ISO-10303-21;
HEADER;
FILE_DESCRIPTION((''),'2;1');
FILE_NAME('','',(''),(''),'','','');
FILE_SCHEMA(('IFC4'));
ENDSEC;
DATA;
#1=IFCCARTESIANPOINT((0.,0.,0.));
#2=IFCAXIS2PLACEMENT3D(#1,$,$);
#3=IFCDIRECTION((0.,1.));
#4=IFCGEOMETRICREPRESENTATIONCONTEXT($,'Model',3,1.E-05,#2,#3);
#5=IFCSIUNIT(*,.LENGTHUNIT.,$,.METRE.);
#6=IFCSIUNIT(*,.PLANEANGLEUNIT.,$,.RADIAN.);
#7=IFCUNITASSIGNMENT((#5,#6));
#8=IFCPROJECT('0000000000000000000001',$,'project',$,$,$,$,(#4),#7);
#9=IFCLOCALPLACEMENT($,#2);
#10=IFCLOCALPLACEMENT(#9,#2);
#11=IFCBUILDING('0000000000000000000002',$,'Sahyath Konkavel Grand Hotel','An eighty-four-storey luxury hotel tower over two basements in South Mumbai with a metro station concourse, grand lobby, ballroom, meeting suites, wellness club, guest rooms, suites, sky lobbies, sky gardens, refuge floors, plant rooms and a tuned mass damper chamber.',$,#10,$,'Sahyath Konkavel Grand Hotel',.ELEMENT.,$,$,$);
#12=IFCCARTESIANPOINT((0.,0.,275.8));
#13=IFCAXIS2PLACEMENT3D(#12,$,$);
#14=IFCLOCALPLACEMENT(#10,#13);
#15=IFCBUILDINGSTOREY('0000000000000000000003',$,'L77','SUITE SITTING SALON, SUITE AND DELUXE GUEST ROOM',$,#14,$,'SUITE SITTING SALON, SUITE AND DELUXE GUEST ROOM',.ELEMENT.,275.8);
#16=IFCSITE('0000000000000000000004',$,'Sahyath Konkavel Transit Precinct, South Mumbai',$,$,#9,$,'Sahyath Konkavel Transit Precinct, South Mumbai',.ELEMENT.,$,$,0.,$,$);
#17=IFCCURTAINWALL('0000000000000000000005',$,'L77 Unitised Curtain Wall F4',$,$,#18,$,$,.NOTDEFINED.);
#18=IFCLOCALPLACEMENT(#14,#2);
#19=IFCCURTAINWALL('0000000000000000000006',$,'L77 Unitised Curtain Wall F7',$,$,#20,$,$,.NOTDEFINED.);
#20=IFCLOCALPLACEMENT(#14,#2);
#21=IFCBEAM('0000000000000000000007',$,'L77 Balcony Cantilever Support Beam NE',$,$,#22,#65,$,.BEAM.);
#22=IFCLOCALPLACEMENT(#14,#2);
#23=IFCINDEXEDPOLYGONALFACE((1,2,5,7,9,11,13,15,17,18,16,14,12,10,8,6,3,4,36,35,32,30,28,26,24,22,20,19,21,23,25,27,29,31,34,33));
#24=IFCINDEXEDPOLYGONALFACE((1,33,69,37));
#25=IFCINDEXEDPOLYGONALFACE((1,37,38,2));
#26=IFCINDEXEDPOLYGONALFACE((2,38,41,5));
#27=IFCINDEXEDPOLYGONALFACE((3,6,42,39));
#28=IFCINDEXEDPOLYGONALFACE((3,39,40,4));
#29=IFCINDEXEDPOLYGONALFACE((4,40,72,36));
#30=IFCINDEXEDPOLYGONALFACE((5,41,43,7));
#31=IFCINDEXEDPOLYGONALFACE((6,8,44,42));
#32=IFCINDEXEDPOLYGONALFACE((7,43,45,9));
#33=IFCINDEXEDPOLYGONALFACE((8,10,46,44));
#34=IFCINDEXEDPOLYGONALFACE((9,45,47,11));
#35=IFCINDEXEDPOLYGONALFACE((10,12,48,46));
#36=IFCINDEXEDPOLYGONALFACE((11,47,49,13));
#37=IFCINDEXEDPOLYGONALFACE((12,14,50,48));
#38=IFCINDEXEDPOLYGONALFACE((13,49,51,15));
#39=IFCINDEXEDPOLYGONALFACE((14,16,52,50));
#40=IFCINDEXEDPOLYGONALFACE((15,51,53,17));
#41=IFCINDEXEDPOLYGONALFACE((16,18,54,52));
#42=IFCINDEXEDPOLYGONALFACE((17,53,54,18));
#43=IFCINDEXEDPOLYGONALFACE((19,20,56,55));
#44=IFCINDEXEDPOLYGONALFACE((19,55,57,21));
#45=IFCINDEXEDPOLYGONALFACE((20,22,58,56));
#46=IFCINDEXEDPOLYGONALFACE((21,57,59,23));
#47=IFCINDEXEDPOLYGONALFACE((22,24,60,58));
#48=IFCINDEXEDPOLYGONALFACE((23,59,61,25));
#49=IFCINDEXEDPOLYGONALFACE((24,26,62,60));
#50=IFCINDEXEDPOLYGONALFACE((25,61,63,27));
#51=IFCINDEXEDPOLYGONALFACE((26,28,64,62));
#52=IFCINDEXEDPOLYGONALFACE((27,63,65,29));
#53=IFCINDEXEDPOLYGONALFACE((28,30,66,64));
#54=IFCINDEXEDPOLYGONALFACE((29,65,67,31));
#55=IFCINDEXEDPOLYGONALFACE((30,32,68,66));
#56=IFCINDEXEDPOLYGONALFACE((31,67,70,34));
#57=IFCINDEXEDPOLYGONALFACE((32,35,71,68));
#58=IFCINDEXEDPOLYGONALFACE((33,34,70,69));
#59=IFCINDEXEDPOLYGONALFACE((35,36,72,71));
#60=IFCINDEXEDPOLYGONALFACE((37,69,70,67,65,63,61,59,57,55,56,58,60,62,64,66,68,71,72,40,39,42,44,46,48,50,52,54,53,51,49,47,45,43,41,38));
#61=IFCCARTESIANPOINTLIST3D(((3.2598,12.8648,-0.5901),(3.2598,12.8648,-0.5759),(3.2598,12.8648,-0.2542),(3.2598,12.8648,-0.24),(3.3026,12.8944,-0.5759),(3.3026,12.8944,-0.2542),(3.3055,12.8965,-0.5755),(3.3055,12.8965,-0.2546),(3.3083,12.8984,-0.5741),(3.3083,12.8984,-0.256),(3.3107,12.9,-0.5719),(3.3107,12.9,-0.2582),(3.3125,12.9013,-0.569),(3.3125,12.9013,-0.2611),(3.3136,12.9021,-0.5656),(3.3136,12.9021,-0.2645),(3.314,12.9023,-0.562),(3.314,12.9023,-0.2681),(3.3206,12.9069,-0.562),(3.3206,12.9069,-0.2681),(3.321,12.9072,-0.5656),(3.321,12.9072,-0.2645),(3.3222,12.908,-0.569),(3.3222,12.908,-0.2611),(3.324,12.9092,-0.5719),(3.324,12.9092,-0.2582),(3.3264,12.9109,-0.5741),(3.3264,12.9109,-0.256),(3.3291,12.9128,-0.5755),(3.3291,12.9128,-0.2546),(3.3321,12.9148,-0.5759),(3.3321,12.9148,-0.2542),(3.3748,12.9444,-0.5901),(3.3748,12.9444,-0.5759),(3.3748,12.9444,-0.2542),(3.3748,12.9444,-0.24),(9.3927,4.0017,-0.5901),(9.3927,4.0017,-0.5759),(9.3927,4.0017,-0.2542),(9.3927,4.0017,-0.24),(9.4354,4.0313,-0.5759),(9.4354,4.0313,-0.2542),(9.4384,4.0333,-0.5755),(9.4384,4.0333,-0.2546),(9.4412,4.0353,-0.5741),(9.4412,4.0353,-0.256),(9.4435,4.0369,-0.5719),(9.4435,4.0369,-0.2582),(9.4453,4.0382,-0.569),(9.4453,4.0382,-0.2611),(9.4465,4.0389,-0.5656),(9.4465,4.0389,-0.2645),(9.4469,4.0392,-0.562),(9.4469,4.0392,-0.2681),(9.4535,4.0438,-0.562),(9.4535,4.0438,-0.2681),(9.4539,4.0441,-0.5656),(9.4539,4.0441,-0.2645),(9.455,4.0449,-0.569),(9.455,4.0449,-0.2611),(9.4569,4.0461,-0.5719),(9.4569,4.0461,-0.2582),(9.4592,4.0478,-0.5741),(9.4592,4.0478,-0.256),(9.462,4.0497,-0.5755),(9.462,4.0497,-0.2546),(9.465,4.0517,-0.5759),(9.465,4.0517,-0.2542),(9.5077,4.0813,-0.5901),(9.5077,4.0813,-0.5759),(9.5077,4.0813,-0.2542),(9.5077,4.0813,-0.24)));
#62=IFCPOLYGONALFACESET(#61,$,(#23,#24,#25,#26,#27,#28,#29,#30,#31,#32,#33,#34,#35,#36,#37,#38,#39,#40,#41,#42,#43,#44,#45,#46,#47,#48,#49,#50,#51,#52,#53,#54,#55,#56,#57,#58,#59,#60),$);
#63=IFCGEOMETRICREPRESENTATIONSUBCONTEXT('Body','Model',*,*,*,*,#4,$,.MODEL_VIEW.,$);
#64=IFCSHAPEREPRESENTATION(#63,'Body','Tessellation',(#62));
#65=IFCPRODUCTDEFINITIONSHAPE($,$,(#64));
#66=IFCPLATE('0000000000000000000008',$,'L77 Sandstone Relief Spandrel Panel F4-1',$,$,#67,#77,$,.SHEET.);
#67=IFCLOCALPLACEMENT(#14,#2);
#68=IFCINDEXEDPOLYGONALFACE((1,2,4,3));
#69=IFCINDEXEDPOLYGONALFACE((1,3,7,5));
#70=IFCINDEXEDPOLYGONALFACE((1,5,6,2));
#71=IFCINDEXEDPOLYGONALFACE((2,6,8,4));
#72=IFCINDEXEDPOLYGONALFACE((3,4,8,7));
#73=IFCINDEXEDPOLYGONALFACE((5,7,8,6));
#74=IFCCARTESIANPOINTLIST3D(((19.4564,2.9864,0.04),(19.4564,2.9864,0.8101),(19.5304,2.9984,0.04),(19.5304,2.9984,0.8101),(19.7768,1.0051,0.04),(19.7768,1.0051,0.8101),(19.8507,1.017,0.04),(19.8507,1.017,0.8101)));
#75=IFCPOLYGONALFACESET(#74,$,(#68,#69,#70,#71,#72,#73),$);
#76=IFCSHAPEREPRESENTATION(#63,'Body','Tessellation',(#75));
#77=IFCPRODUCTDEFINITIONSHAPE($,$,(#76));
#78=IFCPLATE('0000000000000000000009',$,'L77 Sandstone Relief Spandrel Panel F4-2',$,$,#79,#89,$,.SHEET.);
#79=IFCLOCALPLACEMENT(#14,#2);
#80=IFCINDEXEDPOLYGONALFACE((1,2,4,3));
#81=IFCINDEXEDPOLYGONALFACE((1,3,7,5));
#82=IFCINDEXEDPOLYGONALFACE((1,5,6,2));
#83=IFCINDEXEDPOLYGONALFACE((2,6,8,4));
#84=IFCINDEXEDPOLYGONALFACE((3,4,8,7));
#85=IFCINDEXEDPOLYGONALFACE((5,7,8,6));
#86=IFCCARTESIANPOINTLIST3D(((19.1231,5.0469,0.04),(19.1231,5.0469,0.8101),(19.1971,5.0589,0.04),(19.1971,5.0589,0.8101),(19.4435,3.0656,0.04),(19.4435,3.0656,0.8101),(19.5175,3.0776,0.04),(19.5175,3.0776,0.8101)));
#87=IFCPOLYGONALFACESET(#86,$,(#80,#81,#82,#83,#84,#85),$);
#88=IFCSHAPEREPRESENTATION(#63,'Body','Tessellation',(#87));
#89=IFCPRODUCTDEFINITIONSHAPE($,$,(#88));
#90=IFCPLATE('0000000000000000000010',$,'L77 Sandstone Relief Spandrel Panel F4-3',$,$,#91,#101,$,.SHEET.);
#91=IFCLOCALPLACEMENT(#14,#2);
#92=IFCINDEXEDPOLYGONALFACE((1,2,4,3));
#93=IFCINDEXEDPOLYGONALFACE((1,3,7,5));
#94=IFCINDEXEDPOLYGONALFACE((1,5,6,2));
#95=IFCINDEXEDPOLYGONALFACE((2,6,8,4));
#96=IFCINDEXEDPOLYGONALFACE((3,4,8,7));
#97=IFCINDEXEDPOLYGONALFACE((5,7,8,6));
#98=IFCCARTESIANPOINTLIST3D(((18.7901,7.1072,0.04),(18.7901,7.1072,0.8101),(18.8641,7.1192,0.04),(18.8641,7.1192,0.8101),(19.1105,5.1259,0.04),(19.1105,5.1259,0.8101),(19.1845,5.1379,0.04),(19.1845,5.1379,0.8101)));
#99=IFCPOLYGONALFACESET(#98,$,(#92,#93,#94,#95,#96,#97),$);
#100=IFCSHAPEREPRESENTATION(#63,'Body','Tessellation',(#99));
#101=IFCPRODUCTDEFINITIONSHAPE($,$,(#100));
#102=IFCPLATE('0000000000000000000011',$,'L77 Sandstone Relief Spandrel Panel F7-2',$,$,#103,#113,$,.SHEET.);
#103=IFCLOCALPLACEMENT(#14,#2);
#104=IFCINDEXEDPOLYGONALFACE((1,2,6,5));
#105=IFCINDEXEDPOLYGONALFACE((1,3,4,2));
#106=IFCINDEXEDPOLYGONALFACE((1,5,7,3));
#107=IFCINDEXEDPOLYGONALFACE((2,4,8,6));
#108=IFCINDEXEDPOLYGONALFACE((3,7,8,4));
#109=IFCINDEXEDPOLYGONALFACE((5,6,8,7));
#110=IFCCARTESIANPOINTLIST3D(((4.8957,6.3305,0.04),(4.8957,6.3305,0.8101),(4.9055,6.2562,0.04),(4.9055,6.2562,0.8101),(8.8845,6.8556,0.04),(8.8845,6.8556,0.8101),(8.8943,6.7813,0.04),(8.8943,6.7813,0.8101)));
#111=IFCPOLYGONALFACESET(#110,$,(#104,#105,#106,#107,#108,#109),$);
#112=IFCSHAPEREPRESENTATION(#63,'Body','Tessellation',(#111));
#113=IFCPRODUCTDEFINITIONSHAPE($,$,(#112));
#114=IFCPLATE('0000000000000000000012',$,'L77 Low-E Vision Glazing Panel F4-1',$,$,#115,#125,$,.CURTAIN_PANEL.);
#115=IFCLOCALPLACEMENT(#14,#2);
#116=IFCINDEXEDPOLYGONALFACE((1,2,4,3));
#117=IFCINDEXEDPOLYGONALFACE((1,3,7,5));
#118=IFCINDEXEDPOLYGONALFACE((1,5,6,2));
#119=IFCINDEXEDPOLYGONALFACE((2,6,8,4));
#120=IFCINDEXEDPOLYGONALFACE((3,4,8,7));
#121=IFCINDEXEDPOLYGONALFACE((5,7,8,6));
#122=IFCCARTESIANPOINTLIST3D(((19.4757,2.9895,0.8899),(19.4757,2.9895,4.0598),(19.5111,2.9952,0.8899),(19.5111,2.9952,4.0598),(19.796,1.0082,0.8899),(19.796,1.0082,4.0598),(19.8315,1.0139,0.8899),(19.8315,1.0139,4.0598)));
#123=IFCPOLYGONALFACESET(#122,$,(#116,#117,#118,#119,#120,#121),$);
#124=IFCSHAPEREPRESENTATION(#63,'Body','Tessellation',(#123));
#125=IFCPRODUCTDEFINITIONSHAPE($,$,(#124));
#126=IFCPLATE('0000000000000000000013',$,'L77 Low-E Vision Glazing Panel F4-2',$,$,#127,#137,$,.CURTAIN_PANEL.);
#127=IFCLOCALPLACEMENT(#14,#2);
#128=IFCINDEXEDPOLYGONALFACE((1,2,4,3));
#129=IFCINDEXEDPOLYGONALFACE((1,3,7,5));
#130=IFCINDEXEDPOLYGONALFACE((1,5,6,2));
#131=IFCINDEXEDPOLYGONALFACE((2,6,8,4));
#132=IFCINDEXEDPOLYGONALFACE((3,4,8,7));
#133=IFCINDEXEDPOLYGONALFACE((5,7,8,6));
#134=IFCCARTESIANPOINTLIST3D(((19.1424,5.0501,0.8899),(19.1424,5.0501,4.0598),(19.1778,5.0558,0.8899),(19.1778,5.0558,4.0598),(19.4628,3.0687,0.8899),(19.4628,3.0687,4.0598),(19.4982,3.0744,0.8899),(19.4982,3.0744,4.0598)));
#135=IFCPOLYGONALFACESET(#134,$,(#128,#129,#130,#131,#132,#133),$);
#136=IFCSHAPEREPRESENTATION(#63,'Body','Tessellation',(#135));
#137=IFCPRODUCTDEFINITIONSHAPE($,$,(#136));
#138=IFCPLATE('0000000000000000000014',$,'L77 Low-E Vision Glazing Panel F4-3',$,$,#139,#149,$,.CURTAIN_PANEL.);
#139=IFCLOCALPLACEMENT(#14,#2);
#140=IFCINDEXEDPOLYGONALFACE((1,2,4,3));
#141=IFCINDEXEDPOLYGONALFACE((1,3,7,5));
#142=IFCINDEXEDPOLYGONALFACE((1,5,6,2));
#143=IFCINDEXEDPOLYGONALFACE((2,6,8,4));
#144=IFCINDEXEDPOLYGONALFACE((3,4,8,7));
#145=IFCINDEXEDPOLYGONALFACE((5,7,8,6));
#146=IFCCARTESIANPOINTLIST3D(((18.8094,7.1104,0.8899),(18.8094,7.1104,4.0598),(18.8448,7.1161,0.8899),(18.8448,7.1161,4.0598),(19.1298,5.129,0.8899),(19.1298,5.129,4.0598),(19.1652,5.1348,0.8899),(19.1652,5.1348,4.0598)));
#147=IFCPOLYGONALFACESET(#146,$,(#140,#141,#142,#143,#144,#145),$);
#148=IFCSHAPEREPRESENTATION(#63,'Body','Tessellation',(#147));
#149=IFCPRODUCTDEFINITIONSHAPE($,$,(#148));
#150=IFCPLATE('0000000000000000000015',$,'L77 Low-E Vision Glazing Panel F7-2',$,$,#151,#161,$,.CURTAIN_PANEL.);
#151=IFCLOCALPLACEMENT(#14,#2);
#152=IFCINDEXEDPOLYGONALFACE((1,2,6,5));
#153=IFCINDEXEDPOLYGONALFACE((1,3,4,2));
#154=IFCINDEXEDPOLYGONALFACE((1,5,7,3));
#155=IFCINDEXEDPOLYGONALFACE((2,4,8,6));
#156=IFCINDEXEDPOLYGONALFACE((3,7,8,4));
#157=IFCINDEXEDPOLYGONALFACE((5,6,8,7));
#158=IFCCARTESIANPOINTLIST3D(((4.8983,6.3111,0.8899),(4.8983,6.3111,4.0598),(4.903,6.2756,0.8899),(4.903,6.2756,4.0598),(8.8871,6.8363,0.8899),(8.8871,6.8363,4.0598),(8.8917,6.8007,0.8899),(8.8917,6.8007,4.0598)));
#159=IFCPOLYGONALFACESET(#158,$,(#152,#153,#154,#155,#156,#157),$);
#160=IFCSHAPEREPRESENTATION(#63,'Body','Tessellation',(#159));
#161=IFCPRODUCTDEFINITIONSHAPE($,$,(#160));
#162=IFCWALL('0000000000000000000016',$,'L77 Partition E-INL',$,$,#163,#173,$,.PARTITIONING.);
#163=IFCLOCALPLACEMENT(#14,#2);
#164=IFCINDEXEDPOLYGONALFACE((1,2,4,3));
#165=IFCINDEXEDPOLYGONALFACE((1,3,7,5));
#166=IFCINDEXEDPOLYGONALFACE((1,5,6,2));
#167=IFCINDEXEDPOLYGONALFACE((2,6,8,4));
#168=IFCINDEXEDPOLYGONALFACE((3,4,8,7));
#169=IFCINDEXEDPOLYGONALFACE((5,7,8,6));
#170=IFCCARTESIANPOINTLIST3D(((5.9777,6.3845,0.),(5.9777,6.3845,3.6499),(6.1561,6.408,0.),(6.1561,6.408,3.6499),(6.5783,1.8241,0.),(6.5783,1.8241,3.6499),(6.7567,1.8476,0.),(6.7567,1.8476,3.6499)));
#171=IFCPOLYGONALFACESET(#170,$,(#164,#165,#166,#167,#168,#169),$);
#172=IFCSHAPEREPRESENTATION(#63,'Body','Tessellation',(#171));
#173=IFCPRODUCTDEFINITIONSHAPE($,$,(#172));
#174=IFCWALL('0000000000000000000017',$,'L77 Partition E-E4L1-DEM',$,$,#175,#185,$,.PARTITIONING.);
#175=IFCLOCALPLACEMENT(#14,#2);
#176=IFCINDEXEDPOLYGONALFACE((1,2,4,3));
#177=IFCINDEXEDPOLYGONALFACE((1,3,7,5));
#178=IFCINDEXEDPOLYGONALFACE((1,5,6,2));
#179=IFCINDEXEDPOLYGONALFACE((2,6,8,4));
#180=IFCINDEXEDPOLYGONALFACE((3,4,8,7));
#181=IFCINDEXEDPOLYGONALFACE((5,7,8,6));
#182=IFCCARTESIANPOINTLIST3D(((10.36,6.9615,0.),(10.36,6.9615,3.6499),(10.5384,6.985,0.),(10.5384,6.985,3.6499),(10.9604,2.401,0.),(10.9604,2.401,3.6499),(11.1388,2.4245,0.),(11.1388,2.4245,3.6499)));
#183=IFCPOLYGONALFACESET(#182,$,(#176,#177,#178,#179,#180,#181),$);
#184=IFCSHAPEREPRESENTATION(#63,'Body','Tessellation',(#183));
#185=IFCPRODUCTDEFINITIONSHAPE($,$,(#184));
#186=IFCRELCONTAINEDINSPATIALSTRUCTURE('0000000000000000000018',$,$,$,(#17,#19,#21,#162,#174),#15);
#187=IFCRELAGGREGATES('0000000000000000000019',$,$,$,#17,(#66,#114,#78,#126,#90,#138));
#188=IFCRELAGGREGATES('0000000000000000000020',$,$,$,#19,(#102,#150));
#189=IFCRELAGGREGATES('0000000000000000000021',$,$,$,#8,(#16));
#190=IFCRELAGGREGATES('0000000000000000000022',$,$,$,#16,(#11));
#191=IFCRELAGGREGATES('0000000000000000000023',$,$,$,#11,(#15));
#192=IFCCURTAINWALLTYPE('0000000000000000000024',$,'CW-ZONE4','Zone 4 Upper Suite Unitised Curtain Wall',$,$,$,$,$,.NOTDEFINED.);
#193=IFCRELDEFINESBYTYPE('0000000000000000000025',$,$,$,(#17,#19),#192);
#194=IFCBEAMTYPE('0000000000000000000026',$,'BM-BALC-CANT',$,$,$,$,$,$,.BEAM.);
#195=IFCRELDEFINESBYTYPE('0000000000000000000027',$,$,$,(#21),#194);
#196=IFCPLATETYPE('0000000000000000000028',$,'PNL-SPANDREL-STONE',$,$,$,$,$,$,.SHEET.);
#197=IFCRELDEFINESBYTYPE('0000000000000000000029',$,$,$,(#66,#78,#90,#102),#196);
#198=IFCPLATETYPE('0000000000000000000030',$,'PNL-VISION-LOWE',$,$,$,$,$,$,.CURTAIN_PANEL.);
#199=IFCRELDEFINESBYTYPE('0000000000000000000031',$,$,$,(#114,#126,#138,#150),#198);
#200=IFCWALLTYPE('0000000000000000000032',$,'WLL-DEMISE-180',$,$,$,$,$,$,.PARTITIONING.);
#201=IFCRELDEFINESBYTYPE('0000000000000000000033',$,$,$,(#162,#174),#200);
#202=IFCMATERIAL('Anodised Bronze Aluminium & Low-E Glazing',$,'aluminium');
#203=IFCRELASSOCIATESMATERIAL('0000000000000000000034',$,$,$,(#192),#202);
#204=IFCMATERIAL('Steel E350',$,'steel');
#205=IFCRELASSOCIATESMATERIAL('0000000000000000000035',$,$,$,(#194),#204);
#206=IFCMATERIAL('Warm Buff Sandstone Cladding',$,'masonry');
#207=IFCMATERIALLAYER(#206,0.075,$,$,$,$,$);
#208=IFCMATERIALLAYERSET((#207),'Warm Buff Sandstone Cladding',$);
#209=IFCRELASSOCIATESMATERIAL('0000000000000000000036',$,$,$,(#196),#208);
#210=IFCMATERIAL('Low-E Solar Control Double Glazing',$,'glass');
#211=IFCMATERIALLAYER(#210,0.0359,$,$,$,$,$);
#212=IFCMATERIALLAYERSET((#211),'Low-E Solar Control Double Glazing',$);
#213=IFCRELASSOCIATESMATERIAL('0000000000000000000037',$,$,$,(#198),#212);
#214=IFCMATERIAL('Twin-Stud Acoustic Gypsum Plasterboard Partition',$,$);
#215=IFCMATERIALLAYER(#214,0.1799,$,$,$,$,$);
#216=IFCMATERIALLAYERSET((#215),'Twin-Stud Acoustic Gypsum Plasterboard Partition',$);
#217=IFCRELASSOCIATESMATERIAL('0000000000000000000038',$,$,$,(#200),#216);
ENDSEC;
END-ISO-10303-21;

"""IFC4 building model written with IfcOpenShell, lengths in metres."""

from ifc_helpers import new_model, si_unit, direction, frame, frame_2d, origin, origin_2d, place, context, subcontext, project, spatial, rectangle, i_section, extrude, source, transform, mapped, material, layer, layer_set, material_profile, profile_set, type_object, element, aggregate, save


model = new_model("IFC4")

# Units and contexts
model_context = context("Model", 3, precision=1e-05, world=origin(), true_north=direction((0.0, 1.0)))
body_context = subcontext(model_context, "Body", "Model", "MODEL_VIEW")
ifc_project = project(units=[si_unit("LENGTHUNIT", "METRE"), si_unit("PLANEANGLEUNIT", "RADIAN")], contexts=[model_context])

# Site, building, storey
site_placement = place(None, origin())
site = spatial("IfcSite", under=ifc_project, at=site_placement, Name="Sahyath Konkavel Transit Precinct, South Mumbai", LongName="Sahyath Konkavel Transit Precinct, South Mumbai", CompositionType="ELEMENT", RefElevation=0.0)
building_placement = place(site_placement, origin())
building = spatial("IfcBuilding", under=site, at=building_placement, Name="Sahyath Konkavel Grand Hotel", Description="An eighty-four-storey luxury hotel tower over two basements in South Mumbai with a metro station concourse, grand lobby, ballroom, meeting suites, wellness club, guest rooms, suites, sky lobbies, sky gardens, refuge floors, plant rooms and a tuned mass damper chamber.", LongName="Sahyath Konkavel Grand Hotel", CompositionType="ELEMENT")
storey_placement = place(building_placement, frame((0.0, 0.0, 275.8)))
storey = spatial("IfcBuildingStorey", under=building, at=storey_placement, Name="L77", Description="SUITE SITTING SALON, SUITE AND DELUXE GUEST ROOM", LongName="SUITE SITTING SALON, SUITE AND DELUXE GUEST ROOM", CompositionType="ELEMENT", Elevation=275.8)

# Curtain wall
ifc_material_1 = material(Name="Anodised Bronze Aluminium & Low-E Glazing", Category="aluminium")
curtain_wall_type = type_object("IfcCurtainWallType", Name="CW-ZONE4", Description="Zone 4 Upper Suite Unitised Curtain Wall", PredefinedType="NOTDEFINED", material=ifc_material_1)
curtain_wall_1_placement = place(storey_placement, origin())
curtain_wall_1 = element("IfcCurtainWall", 1, at=curtain_wall_1_placement, inside=storey, type_object=curtain_wall_type, Name="L77 Unitised Curtain Wall F4", PredefinedType="NOTDEFINED")

# Curtain wall
curtain_wall_2_placement = place(storey_placement, origin())
curtain_wall_2 = element("IfcCurtainWall", 2, at=curtain_wall_2_placement, inside=storey, type_object=curtain_wall_type, Name="L77 Unitised Curtain Wall F7", PredefinedType="NOTDEFINED")

# Beam
ifc_material_2 = material(Name="Steel E350", Category="steel")
ifc_material_profile_1 = material_profile(ifc_material_2, i_section(OverallWidth=0.1399, OverallDepth=0.3501, WebThickness=0.0081, FlangeThickness=0.0142, FilletRadius=0.0139, at=origin_2d()), Name="ISMB 350")
ifc_profile_set_1 = profile_set([ifc_material_profile_1], Name="Steel E350")
beam_type = type_object("IfcBeamType", Name="BM-BALC-CANT", PredefinedType="BEAM", material=ifc_profile_set_1)
shared_shape_1 = source(origin(), body_context, "Body", "SweptSolid", [
    extrude(i_section(OverallWidth=0.1399, OverallDepth=0.3501, WebThickness=0.0081, FlangeThickness=0.0142, FilletRadius=0.0139, at=origin_2d()), origin(), (0.0, 0.0, 1.0), 10.7781),
])
beam_placement = place(storey_placement, frame((9.4502, 4.0415, -0.415), z_axis=(-0.569013, 0.822328, 0.0), x_axis=(-0.822328, -0.569013, 0.0)))
element("IfcBeam", 3, at=beam_placement, inside=storey, type_object=beam_type, Name="L77 Balcony Cantilever Support Beam NE", PredefinedType="BEAM", context=body_context, shape_type="MappedRepresentation", body=[
    mapped(shared_shape_1, transform((0.0, 0.0, 0.0), scale=1.0)),
])

# Plates
ifc_material_3 = material(Name="Warm Buff Sandstone Cladding", Category="masonry")
ifc_layer_1 = layer(ifc_material_3, 0.075)
ifc_layer_set_1 = layer_set([ifc_layer_1], Name="Warm Buff Sandstone Cladding")
plate_type_1 = type_object("IfcPlateType", Name="PNL-SPANDREL-STONE", PredefinedType="SHEET", material=ifc_layer_set_1)
shared_shape_2 = source(origin(), body_context, "Body", "SweptSolid", [
    extrude(rectangle(XDim=2.0071, YDim=0.075, at=origin_2d()), origin(), (0.0, 0.0, 1.0), 0.77),
])
plate_1_placement = place(storey_placement, frame((19.6536, 2.0017, 0.04), z_axis=(0.0, 0.0, 1.0), x_axis=(-0.159623, 0.987178, 0.0)))
plate_1 = element("IfcPlate", 4, at=plate_1_placement, type_object=plate_type_1, Name="L77 Sandstone Relief Spandrel Panel F4-1", PredefinedType="SHEET", context=body_context, shape_type="MappedRepresentation", body=[
    mapped(shared_shape_2, transform((0.0, 0.0, 0.0), scale=1.0)),
])
plate_2_placement = place(storey_placement, frame((19.3203, 4.0623, 0.04), z_axis=(0.0, 0.0, 1.0), x_axis=(-0.159623, 0.987178, 0.0)))
plate_2 = element("IfcPlate", 5, at=plate_2_placement, type_object=plate_type_1, Name="L77 Sandstone Relief Spandrel Panel F4-2", PredefinedType="SHEET", context=body_context, shape_type="MappedRepresentation", body=[
    mapped(shared_shape_2, transform((0.0, 0.0, 0.0), scale=1.0)),
])
plate_3_placement = place(storey_placement, frame((18.9873, 6.1226, 0.04), z_axis=(0.0, 0.0, 1.0), x_axis=(-0.159623, 0.987178, 0.0)))
plate_3 = element("IfcPlate", 6, at=plate_3_placement, type_object=plate_type_1, Name="L77 Sandstone Relief Spandrel Panel F4-3", PredefinedType="SHEET", context=body_context, shape_type="MappedRepresentation", body=[
    mapped(shared_shape_2, transform((0.0, 0.0, 0.0), scale=1.0)),
])
shared_shape_3 = source(origin(), body_context, "Body", "SweptSolid", [
    extrude(rectangle(XDim=4.0232, YDim=0.075, at=origin_2d()), origin(), (0.0, 0.0, 1.0), 0.77),
])
plate_4_placement = place(storey_placement, frame((6.895, 6.5559, 0.04), z_axis=(0.0, 0.0, 1.0), x_axis=(-0.991445, -0.130526, 0.0)))
plate_4 = element("IfcPlate", 7, at=plate_4_placement, type_object=plate_type_1, Name="L77 Sandstone Relief Spandrel Panel F7-2", PredefinedType="SHEET", context=body_context, shape_type="MappedRepresentation", body=[
    mapped(shared_shape_3, transform((0.0, 0.0, 0.0), scale=1.0)),
])
ifc_material_4 = material(Name="Low-E Solar Control Double Glazing", Category="glass")
ifc_layer_2 = layer(ifc_material_4, 0.0359)
ifc_layer_set_2 = layer_set([ifc_layer_2], Name="Low-E Solar Control Double Glazing")
plate_type_2 = type_object("IfcPlateType", Name="PNL-VISION-LOWE", PredefinedType="CURTAIN_PANEL", material=ifc_layer_set_2)
shared_shape_4 = source(origin(), body_context, "Body", "SweptSolid", [
    extrude(rectangle(XDim=2.0071, YDim=0.0359, at=origin_2d()), origin(), (0.0, 0.0, 1.0), 3.1699),
])
plate_5_placement = place(storey_placement, frame((19.6536, 2.0017, 0.8899), z_axis=(0.0, 0.0, 1.0), x_axis=(-0.159623, 0.987178, 0.0)))
plate_5 = element("IfcPlate", 8, at=plate_5_placement, type_object=plate_type_2, Name="L77 Low-E Vision Glazing Panel F4-1", PredefinedType="CURTAIN_PANEL", context=body_context, shape_type="MappedRepresentation", body=[
    mapped(shared_shape_4, transform((0.0, 0.0, 0.0), scale=1.0)),
])
plate_6_placement = place(storey_placement, frame((19.3203, 4.0623, 0.8899), z_axis=(0.0, 0.0, 1.0), x_axis=(-0.159623, 0.987178, 0.0)))
plate_6 = element("IfcPlate", 9, at=plate_6_placement, type_object=plate_type_2, Name="L77 Low-E Vision Glazing Panel F4-2", PredefinedType="CURTAIN_PANEL", context=body_context, shape_type="MappedRepresentation", body=[
    mapped(shared_shape_4, transform((0.0, 0.0, 0.0), scale=1.0)),
])
plate_7_placement = place(storey_placement, frame((18.9873, 6.1226, 0.8899), z_axis=(0.0, 0.0, 1.0), x_axis=(-0.159623, 0.987178, 0.0)))
plate_7 = element("IfcPlate", 10, at=plate_7_placement, type_object=plate_type_2, Name="L77 Low-E Vision Glazing Panel F4-3", PredefinedType="CURTAIN_PANEL", context=body_context, shape_type="MappedRepresentation", body=[
    mapped(shared_shape_4, transform((0.0, 0.0, 0.0), scale=1.0)),
])
aggregate(curtain_wall_1, [plate_1, plate_5, plate_2, plate_6, plate_3, plate_7])
shared_shape_5 = source(origin(), body_context, "Body", "SweptSolid", [
    extrude(rectangle(XDim=4.0232, YDim=0.0359, at=origin_2d()), origin(), (0.0, 0.0, 1.0), 3.1699),
])
plate_8_placement = place(storey_placement, frame((6.895, 6.5559, 0.8899), z_axis=(0.0, 0.0, 1.0), x_axis=(-0.991445, -0.130526, 0.0)))
plate_8 = element("IfcPlate", 11, at=plate_8_placement, type_object=plate_type_2, Name="L77 Low-E Vision Glazing Panel F7-2", PredefinedType="CURTAIN_PANEL", context=body_context, shape_type="MappedRepresentation", body=[
    mapped(shared_shape_5, transform((0.0, 0.0, 0.0), scale=1.0)),
])
aggregate(curtain_wall_2, [plate_4, plate_8])

# Walls
ifc_material_5 = material(Name="Twin-Stud Acoustic Gypsum Plasterboard Partition")
ifc_layer_3 = layer(ifc_material_5, 0.1799)
ifc_layer_set_3 = layer_set([ifc_layer_3], Name="Twin-Stud Acoustic Gypsum Plasterboard Partition")
wall_type_1 = type_object("IfcWallType", Name="WLL-DEMISE-180", PredefinedType="PARTITIONING", material=ifc_layer_set_3)
for number, where, z_axis, x_axis, name in (
    (12, (6.6675, 1.8359, 0.0), (0.0, 0.0, 1.0), (-0.130564, 0.99144, 0.0), "L77 Partition E-INL"),
    (13, (11.0496, 2.4128, 0.0), (0.0, 0.0, 1.0), (-0.130512, 0.991447, 0.0), "L77 Partition E-E4L1-DEM"),
):
    element("IfcWall", number, at=place(storey_placement, frame(where, z_axis=z_axis, x_axis=x_axis)), inside=storey, type_object=wall_type_1, Name=name, PredefinedType="PARTITIONING", context=body_context, shape_type="SweptSolid", body=[
        extrude(rectangle(XDim=4.5999, YDim=0.1799, at=frame_2d((2.2998, 0.0))), origin(), (0.0, 0.0, 1.0), 3.6499),
    ])

save(model, "model.ifc")
